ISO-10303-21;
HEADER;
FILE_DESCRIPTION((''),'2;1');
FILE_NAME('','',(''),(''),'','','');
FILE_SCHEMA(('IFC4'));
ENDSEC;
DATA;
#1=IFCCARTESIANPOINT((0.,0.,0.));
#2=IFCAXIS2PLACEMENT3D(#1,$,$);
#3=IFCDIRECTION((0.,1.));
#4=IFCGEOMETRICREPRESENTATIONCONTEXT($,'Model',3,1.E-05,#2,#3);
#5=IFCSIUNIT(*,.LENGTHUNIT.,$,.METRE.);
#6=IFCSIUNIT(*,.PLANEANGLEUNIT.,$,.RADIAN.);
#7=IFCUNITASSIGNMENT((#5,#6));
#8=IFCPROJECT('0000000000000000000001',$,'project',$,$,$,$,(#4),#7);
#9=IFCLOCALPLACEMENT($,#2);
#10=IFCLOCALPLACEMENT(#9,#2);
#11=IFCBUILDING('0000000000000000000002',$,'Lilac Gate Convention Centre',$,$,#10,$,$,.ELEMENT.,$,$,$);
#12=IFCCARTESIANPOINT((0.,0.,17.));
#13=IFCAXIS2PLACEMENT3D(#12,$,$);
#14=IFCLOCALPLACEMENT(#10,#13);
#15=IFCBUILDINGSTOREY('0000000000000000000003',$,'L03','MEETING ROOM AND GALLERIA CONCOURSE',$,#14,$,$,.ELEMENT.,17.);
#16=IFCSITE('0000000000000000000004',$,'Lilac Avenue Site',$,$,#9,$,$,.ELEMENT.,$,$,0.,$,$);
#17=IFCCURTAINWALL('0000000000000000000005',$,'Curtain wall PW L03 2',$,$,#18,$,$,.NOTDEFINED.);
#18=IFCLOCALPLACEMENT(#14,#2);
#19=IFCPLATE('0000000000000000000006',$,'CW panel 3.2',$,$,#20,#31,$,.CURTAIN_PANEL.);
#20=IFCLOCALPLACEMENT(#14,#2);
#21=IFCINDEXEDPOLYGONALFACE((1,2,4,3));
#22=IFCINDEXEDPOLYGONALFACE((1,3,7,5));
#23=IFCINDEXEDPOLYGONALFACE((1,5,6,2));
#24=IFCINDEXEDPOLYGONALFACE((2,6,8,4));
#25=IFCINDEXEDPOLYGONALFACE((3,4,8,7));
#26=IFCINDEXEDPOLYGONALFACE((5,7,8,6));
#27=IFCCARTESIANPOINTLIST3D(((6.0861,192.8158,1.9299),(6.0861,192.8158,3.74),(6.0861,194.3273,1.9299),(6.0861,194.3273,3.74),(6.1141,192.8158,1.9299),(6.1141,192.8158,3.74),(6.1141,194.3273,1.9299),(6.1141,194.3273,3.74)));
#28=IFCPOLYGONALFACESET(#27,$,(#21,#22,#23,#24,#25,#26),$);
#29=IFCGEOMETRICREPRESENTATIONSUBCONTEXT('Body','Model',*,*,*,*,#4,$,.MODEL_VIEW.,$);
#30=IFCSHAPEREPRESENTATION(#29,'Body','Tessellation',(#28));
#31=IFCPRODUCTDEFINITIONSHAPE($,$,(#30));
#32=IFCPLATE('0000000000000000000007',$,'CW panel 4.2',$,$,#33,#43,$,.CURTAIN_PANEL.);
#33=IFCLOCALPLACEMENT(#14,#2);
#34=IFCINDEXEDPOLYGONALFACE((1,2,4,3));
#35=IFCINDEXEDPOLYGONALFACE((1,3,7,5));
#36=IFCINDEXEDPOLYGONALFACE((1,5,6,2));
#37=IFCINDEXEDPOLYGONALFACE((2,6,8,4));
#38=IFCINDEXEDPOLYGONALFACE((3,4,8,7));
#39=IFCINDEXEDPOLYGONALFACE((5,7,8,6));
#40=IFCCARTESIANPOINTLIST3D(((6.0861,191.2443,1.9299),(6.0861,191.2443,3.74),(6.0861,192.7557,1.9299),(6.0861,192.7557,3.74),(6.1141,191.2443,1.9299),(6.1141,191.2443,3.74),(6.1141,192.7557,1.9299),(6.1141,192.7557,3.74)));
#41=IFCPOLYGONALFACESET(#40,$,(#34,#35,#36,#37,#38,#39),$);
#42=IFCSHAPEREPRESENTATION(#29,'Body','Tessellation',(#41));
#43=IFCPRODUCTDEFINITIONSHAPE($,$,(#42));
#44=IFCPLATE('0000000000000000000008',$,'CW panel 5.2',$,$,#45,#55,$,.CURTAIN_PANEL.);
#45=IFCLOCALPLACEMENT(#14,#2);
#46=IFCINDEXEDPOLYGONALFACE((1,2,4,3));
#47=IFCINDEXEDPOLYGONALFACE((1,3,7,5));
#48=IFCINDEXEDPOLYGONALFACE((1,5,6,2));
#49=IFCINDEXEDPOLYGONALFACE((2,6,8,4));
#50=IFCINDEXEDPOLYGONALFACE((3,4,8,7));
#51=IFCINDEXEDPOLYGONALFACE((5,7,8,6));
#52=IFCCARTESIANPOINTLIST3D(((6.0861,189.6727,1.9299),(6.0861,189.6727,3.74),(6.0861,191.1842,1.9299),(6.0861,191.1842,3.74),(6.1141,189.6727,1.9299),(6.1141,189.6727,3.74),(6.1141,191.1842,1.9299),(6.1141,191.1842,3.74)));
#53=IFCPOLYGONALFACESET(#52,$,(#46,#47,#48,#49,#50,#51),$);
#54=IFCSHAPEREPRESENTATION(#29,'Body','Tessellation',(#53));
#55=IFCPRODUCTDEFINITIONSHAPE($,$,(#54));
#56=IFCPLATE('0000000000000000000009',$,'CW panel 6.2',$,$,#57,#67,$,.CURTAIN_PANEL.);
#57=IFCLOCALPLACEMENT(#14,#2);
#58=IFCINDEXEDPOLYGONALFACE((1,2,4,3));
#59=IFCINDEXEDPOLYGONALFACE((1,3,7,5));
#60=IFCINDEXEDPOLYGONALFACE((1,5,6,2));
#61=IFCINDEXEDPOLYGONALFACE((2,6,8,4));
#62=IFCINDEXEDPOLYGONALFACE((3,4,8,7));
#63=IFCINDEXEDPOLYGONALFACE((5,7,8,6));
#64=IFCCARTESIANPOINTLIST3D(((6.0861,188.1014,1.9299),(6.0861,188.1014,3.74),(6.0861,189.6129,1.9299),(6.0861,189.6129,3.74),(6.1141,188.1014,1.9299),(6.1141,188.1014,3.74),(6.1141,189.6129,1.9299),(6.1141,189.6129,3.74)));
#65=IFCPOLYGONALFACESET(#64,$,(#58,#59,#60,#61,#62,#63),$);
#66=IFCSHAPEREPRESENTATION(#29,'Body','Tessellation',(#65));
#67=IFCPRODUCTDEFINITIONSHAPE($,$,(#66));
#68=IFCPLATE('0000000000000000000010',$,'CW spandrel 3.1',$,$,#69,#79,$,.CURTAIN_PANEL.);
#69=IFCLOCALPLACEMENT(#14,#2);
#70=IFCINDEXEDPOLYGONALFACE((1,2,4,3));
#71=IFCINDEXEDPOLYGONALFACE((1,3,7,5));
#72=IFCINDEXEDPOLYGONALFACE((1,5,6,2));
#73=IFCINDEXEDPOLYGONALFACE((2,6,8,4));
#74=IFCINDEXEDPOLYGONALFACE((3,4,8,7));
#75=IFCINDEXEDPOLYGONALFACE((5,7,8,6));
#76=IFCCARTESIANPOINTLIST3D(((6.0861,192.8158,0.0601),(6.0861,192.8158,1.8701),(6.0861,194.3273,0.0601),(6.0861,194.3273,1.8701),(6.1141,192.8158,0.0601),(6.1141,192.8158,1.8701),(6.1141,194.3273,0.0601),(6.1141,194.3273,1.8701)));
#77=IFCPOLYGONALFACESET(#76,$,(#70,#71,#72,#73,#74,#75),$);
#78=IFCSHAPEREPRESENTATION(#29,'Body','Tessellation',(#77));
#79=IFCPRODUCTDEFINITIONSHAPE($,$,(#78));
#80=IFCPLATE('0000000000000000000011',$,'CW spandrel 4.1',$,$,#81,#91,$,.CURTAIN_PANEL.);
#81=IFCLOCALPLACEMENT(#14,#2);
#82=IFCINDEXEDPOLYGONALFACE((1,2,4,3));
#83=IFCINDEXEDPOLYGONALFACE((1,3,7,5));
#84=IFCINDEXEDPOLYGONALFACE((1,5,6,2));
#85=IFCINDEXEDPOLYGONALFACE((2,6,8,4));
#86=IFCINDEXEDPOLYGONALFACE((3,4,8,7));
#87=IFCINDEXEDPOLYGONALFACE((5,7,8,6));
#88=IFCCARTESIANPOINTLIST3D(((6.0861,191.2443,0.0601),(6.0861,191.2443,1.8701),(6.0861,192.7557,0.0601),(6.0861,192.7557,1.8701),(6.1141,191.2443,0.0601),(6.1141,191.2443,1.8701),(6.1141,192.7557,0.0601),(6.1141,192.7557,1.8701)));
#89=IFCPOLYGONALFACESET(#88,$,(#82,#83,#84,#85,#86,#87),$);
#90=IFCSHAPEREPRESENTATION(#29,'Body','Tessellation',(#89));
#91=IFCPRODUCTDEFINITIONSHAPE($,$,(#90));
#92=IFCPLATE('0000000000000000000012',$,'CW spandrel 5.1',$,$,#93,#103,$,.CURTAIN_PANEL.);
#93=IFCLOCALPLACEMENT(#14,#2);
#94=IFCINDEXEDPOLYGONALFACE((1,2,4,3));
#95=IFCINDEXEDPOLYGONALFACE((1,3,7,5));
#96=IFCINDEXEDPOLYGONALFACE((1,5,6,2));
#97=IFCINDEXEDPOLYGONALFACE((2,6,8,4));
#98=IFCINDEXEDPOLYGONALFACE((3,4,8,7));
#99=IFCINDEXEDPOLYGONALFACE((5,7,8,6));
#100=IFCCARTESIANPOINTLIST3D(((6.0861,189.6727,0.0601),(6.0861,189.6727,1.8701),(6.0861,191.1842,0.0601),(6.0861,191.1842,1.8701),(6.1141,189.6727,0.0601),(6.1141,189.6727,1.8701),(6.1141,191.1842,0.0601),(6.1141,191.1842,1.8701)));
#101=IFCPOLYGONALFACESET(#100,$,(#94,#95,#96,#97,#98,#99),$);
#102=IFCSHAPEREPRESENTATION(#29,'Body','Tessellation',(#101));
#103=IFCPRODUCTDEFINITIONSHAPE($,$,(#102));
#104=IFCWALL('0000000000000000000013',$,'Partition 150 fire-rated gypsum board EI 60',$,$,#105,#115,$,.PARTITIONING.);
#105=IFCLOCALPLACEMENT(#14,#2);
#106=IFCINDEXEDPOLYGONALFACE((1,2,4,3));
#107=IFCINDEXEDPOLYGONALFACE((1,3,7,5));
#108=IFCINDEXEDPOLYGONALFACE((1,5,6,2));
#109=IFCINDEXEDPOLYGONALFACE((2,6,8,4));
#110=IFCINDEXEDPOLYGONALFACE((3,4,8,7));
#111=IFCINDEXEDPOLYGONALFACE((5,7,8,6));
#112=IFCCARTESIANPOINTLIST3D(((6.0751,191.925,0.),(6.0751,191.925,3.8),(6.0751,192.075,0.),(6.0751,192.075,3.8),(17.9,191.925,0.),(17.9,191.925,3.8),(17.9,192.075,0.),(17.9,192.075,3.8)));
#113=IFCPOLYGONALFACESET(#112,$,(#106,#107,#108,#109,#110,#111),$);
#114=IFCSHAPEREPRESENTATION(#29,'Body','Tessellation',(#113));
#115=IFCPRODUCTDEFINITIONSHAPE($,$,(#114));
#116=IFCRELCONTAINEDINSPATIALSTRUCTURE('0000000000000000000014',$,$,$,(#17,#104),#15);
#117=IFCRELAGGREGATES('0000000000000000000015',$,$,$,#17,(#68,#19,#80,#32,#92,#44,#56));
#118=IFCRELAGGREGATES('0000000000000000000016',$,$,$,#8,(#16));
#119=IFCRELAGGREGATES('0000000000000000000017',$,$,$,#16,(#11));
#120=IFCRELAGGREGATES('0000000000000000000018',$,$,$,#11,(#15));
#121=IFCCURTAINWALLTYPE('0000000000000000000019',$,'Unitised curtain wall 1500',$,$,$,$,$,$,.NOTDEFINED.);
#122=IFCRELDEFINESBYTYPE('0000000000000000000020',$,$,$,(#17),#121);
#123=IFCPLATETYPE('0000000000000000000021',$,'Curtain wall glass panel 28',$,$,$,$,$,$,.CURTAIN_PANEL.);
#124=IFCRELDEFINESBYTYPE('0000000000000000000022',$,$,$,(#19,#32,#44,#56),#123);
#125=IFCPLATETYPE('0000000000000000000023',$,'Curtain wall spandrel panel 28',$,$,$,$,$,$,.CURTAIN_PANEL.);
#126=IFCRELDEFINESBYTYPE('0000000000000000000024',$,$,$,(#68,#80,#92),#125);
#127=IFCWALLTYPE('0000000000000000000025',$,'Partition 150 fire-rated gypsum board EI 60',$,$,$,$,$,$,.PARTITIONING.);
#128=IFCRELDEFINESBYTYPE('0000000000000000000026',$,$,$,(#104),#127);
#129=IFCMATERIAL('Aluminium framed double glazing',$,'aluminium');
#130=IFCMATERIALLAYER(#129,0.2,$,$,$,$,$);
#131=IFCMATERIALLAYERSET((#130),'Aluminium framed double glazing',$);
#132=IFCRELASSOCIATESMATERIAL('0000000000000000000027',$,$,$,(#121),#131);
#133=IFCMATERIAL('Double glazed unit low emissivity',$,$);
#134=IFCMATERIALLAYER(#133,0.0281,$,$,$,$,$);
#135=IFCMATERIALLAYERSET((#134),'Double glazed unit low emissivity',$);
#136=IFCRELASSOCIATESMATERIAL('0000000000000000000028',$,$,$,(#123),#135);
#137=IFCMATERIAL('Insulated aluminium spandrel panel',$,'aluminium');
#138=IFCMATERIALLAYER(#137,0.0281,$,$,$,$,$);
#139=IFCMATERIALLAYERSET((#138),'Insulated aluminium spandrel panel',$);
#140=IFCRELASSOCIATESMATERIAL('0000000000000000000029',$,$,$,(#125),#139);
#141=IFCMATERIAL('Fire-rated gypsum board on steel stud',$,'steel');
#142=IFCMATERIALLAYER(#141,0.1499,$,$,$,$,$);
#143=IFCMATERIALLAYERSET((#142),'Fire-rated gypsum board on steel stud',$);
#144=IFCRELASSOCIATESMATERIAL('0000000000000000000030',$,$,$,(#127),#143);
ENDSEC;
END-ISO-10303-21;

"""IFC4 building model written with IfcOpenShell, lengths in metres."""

from ifc_helpers import new_model, si_unit, direction, frame, frame_2d, origin, origin_2d, place, context, subcontext, project, spatial, rectangle, extrude, material, layer, layer_set, type_object, element, aggregate, save


model = new_model("IFC4")

# Units and contexts
model_context = context("Model", 3, precision=1e-05, world=origin(), true_north=direction((0.0, 1.0)))
body_context = subcontext(model_context, "Body", "Model", "MODEL_VIEW")
ifc_project = project(units=[si_unit("LENGTHUNIT", "METRE"), si_unit("PLANEANGLEUNIT", "RADIAN")], contexts=[model_context])

# Site, building, storey
site_placement = place(None, origin())
site = spatial("IfcSite", under=ifc_project, at=site_placement, Name="Lilac Avenue Site", CompositionType="ELEMENT", RefElevation=0.0)
building_placement = place(site_placement, origin())
building = spatial("IfcBuilding", under=site, at=building_placement, Name="Lilac Gate Convention Centre", CompositionType="ELEMENT")
storey_placement = place(building_placement, frame((0.0, 0.0, 17.0)))
storey = spatial("IfcBuildingStorey", under=building, at=storey_placement, Name="L03", Description="MEETING ROOM AND GALLERIA CONCOURSE", CompositionType="ELEMENT", Elevation=17.0)

# Curtain wall, plates
ifc_material_1 = material(Name="Aluminium framed double glazing", Category="aluminium")
ifc_layer_1 = layer(ifc_material_1, 0.2)
ifc_layer_set_1 = layer_set([ifc_layer_1], Name="Aluminium framed double glazing")
curtain_wall_type = type_object("IfcCurtainWallType", Name="Unitised curtain wall 1500", PredefinedType="NOTDEFINED", material=ifc_layer_set_1)
curtain_wall_placement = place(storey_placement, origin())
curtain_wall = element("IfcCurtainWall", 1, at=curtain_wall_placement, inside=storey, type_object=curtain_wall_type, Name="Curtain wall PW L03 2", PredefinedType="NOTDEFINED")
ifc_material_2 = material(Name="Double glazed unit low emissivity")
ifc_layer_2 = layer(ifc_material_2, 0.0281)
ifc_layer_set_2 = layer_set([ifc_layer_2], Name="Double glazed unit low emissivity")
plate_type_1 = type_object("IfcPlateType", Name="Curtain wall glass panel 28", PredefinedType="CURTAIN_PANEL", material=ifc_layer_set_2)
plate_1_placement = place(storey_placement, frame((6.1001, 193.5715, 1.9299), z_axis=(0.0, 0.0, 1.0), x_axis=(0.0, -1.0, 0.0)))
plate_1 = element("IfcPlate", 2, at=plate_1_placement, type_object=plate_type_1, Name="CW panel 3.2", PredefinedType="CURTAIN_PANEL", context=body_context, shape_type="SweptSolid", body=[
    extrude(rectangle(XDim=1.5115, YDim=0.0281, at=origin_2d()), origin(), (0.0, 0.0, 1.0), 1.8101),
])
plate_2_placement = place(storey_placement, frame((6.1001, 192.0, 1.9299), z_axis=(0.0, 0.0, 1.0), x_axis=(0.0, -1.0, 0.0)))
plate_2 = element("IfcPlate", 3, at=plate_2_placement, type_object=plate_type_1, Name="CW panel 4.2", PredefinedType="CURTAIN_PANEL", context=body_context, shape_type="SweptSolid", body=[
    extrude(rectangle(XDim=1.5115, YDim=0.0281, at=origin_2d()), origin(), (0.0, 0.0, 1.0), 1.8101),
])
plate_3_placement = place(storey_placement, frame((6.1001, 190.4285, 1.9299), z_axis=(0.0, 0.0, 1.0), x_axis=(0.0, -1.0, 0.0)))
plate_3 = element("IfcPlate", 4, at=plate_3_placement, type_object=plate_type_1, Name="CW panel 5.2", PredefinedType="CURTAIN_PANEL", context=body_context, shape_type="SweptSolid", body=[
    extrude(rectangle(XDim=1.5115, YDim=0.0281, at=origin_2d()), origin(), (0.0, 0.0, 1.0), 1.8101),
])
plate_4_placement = place(storey_placement, frame((6.1001, 188.8572, 1.9299), z_axis=(0.0, 0.0, 1.0), x_axis=(0.0, -1.0, 0.0)))
plate_4 = element("IfcPlate", 5, at=plate_4_placement, type_object=plate_type_1, Name="CW panel 6.2", PredefinedType="CURTAIN_PANEL", context=body_context, shape_type="SweptSolid", body=[
    extrude(rectangle(XDim=1.5115, YDim=0.0281, at=origin_2d()), origin(), (0.0, 0.0, 1.0), 1.8101),
])
ifc_material_3 = material(Name="Insulated aluminium spandrel panel", Category="aluminium")
ifc_layer_3 = layer(ifc_material_3, 0.0281)
ifc_layer_set_3 = layer_set([ifc_layer_3], Name="Insulated aluminium spandrel panel")
plate_type_2 = type_object("IfcPlateType", Name="Curtain wall spandrel panel 28", PredefinedType="CURTAIN_PANEL", material=ifc_layer_set_3)
plate_5_placement = place(storey_placement, frame((6.1001, 193.5715, 0.0601), z_axis=(0.0, 0.0, 1.0), x_axis=(0.0, -1.0, 0.0)))
plate_5 = element("IfcPlate", 6, at=plate_5_placement, type_object=plate_type_2, Name="CW spandrel 3.1", PredefinedType="CURTAIN_PANEL", context=body_context, shape_type="SweptSolid", body=[
    extrude(rectangle(XDim=1.5115, YDim=0.0281, at=origin_2d()), origin(), (0.0, 0.0, 1.0), 1.8101),
])
plate_6_placement = place(storey_placement, frame((6.1001, 192.0, 0.0601), z_axis=(0.0, 0.0, 1.0), x_axis=(0.0, -1.0, 0.0)))
plate_6 = element("IfcPlate", 7, at=plate_6_placement, type_object=plate_type_2, Name="CW spandrel 4.1", PredefinedType="CURTAIN_PANEL", context=body_context, shape_type="SweptSolid", body=[
    extrude(rectangle(XDim=1.5115, YDim=0.0281, at=origin_2d()), origin(), (0.0, 0.0, 1.0), 1.8101),
])
plate_7_placement = place(storey_placement, frame((6.1001, 190.4285, 0.0601), z_axis=(0.0, 0.0, 1.0), x_axis=(0.0, -1.0, 0.0)))
plate_7 = element("IfcPlate", 8, at=plate_7_placement, type_object=plate_type_2, Name="CW spandrel 5.1", PredefinedType="CURTAIN_PANEL", context=body_context, shape_type="SweptSolid", body=[
    extrude(rectangle(XDim=1.5115, YDim=0.0281, at=origin_2d()), origin(), (0.0, 0.0, 1.0), 1.8101),
])
aggregate(curtain_wall, [plate_5, plate_1, plate_6, plate_2, plate_7, plate_3, plate_4])

# Wall
ifc_material_4 = material(Name="Fire-rated gypsum board on steel stud", Category="steel")
ifc_layer_4 = layer(ifc_material_4, 0.1499)
ifc_layer_set_4 = layer_set([ifc_layer_4], Name="Fire-rated gypsum board on steel stud")
wall_type = type_object("IfcWallType", Name="Partition 150 fire-rated gypsum board EI 60", PredefinedType="PARTITIONING", material=ifc_layer_set_4)
wall_placement = place(storey_placement, frame((6.075, 192.0, 0.0), z_axis=(0.0, 0.0, 1.0), x_axis=(1.0, 0.0, 0.0)))
element("IfcWall", 9, at=wall_placement, inside=storey, type_object=wall_type, Name="Partition 150 fire-rated gypsum board EI 60", PredefinedType="PARTITIONING", context=body_context, shape_type="SweptSolid", body=[
    extrude(rectangle(XDim=11.825, YDim=0.1499, at=frame_2d((5.9126, 0.0))), origin(), (0.0, 0.0, 1.0), 3.8),
])

save(model, "model.ifc")
